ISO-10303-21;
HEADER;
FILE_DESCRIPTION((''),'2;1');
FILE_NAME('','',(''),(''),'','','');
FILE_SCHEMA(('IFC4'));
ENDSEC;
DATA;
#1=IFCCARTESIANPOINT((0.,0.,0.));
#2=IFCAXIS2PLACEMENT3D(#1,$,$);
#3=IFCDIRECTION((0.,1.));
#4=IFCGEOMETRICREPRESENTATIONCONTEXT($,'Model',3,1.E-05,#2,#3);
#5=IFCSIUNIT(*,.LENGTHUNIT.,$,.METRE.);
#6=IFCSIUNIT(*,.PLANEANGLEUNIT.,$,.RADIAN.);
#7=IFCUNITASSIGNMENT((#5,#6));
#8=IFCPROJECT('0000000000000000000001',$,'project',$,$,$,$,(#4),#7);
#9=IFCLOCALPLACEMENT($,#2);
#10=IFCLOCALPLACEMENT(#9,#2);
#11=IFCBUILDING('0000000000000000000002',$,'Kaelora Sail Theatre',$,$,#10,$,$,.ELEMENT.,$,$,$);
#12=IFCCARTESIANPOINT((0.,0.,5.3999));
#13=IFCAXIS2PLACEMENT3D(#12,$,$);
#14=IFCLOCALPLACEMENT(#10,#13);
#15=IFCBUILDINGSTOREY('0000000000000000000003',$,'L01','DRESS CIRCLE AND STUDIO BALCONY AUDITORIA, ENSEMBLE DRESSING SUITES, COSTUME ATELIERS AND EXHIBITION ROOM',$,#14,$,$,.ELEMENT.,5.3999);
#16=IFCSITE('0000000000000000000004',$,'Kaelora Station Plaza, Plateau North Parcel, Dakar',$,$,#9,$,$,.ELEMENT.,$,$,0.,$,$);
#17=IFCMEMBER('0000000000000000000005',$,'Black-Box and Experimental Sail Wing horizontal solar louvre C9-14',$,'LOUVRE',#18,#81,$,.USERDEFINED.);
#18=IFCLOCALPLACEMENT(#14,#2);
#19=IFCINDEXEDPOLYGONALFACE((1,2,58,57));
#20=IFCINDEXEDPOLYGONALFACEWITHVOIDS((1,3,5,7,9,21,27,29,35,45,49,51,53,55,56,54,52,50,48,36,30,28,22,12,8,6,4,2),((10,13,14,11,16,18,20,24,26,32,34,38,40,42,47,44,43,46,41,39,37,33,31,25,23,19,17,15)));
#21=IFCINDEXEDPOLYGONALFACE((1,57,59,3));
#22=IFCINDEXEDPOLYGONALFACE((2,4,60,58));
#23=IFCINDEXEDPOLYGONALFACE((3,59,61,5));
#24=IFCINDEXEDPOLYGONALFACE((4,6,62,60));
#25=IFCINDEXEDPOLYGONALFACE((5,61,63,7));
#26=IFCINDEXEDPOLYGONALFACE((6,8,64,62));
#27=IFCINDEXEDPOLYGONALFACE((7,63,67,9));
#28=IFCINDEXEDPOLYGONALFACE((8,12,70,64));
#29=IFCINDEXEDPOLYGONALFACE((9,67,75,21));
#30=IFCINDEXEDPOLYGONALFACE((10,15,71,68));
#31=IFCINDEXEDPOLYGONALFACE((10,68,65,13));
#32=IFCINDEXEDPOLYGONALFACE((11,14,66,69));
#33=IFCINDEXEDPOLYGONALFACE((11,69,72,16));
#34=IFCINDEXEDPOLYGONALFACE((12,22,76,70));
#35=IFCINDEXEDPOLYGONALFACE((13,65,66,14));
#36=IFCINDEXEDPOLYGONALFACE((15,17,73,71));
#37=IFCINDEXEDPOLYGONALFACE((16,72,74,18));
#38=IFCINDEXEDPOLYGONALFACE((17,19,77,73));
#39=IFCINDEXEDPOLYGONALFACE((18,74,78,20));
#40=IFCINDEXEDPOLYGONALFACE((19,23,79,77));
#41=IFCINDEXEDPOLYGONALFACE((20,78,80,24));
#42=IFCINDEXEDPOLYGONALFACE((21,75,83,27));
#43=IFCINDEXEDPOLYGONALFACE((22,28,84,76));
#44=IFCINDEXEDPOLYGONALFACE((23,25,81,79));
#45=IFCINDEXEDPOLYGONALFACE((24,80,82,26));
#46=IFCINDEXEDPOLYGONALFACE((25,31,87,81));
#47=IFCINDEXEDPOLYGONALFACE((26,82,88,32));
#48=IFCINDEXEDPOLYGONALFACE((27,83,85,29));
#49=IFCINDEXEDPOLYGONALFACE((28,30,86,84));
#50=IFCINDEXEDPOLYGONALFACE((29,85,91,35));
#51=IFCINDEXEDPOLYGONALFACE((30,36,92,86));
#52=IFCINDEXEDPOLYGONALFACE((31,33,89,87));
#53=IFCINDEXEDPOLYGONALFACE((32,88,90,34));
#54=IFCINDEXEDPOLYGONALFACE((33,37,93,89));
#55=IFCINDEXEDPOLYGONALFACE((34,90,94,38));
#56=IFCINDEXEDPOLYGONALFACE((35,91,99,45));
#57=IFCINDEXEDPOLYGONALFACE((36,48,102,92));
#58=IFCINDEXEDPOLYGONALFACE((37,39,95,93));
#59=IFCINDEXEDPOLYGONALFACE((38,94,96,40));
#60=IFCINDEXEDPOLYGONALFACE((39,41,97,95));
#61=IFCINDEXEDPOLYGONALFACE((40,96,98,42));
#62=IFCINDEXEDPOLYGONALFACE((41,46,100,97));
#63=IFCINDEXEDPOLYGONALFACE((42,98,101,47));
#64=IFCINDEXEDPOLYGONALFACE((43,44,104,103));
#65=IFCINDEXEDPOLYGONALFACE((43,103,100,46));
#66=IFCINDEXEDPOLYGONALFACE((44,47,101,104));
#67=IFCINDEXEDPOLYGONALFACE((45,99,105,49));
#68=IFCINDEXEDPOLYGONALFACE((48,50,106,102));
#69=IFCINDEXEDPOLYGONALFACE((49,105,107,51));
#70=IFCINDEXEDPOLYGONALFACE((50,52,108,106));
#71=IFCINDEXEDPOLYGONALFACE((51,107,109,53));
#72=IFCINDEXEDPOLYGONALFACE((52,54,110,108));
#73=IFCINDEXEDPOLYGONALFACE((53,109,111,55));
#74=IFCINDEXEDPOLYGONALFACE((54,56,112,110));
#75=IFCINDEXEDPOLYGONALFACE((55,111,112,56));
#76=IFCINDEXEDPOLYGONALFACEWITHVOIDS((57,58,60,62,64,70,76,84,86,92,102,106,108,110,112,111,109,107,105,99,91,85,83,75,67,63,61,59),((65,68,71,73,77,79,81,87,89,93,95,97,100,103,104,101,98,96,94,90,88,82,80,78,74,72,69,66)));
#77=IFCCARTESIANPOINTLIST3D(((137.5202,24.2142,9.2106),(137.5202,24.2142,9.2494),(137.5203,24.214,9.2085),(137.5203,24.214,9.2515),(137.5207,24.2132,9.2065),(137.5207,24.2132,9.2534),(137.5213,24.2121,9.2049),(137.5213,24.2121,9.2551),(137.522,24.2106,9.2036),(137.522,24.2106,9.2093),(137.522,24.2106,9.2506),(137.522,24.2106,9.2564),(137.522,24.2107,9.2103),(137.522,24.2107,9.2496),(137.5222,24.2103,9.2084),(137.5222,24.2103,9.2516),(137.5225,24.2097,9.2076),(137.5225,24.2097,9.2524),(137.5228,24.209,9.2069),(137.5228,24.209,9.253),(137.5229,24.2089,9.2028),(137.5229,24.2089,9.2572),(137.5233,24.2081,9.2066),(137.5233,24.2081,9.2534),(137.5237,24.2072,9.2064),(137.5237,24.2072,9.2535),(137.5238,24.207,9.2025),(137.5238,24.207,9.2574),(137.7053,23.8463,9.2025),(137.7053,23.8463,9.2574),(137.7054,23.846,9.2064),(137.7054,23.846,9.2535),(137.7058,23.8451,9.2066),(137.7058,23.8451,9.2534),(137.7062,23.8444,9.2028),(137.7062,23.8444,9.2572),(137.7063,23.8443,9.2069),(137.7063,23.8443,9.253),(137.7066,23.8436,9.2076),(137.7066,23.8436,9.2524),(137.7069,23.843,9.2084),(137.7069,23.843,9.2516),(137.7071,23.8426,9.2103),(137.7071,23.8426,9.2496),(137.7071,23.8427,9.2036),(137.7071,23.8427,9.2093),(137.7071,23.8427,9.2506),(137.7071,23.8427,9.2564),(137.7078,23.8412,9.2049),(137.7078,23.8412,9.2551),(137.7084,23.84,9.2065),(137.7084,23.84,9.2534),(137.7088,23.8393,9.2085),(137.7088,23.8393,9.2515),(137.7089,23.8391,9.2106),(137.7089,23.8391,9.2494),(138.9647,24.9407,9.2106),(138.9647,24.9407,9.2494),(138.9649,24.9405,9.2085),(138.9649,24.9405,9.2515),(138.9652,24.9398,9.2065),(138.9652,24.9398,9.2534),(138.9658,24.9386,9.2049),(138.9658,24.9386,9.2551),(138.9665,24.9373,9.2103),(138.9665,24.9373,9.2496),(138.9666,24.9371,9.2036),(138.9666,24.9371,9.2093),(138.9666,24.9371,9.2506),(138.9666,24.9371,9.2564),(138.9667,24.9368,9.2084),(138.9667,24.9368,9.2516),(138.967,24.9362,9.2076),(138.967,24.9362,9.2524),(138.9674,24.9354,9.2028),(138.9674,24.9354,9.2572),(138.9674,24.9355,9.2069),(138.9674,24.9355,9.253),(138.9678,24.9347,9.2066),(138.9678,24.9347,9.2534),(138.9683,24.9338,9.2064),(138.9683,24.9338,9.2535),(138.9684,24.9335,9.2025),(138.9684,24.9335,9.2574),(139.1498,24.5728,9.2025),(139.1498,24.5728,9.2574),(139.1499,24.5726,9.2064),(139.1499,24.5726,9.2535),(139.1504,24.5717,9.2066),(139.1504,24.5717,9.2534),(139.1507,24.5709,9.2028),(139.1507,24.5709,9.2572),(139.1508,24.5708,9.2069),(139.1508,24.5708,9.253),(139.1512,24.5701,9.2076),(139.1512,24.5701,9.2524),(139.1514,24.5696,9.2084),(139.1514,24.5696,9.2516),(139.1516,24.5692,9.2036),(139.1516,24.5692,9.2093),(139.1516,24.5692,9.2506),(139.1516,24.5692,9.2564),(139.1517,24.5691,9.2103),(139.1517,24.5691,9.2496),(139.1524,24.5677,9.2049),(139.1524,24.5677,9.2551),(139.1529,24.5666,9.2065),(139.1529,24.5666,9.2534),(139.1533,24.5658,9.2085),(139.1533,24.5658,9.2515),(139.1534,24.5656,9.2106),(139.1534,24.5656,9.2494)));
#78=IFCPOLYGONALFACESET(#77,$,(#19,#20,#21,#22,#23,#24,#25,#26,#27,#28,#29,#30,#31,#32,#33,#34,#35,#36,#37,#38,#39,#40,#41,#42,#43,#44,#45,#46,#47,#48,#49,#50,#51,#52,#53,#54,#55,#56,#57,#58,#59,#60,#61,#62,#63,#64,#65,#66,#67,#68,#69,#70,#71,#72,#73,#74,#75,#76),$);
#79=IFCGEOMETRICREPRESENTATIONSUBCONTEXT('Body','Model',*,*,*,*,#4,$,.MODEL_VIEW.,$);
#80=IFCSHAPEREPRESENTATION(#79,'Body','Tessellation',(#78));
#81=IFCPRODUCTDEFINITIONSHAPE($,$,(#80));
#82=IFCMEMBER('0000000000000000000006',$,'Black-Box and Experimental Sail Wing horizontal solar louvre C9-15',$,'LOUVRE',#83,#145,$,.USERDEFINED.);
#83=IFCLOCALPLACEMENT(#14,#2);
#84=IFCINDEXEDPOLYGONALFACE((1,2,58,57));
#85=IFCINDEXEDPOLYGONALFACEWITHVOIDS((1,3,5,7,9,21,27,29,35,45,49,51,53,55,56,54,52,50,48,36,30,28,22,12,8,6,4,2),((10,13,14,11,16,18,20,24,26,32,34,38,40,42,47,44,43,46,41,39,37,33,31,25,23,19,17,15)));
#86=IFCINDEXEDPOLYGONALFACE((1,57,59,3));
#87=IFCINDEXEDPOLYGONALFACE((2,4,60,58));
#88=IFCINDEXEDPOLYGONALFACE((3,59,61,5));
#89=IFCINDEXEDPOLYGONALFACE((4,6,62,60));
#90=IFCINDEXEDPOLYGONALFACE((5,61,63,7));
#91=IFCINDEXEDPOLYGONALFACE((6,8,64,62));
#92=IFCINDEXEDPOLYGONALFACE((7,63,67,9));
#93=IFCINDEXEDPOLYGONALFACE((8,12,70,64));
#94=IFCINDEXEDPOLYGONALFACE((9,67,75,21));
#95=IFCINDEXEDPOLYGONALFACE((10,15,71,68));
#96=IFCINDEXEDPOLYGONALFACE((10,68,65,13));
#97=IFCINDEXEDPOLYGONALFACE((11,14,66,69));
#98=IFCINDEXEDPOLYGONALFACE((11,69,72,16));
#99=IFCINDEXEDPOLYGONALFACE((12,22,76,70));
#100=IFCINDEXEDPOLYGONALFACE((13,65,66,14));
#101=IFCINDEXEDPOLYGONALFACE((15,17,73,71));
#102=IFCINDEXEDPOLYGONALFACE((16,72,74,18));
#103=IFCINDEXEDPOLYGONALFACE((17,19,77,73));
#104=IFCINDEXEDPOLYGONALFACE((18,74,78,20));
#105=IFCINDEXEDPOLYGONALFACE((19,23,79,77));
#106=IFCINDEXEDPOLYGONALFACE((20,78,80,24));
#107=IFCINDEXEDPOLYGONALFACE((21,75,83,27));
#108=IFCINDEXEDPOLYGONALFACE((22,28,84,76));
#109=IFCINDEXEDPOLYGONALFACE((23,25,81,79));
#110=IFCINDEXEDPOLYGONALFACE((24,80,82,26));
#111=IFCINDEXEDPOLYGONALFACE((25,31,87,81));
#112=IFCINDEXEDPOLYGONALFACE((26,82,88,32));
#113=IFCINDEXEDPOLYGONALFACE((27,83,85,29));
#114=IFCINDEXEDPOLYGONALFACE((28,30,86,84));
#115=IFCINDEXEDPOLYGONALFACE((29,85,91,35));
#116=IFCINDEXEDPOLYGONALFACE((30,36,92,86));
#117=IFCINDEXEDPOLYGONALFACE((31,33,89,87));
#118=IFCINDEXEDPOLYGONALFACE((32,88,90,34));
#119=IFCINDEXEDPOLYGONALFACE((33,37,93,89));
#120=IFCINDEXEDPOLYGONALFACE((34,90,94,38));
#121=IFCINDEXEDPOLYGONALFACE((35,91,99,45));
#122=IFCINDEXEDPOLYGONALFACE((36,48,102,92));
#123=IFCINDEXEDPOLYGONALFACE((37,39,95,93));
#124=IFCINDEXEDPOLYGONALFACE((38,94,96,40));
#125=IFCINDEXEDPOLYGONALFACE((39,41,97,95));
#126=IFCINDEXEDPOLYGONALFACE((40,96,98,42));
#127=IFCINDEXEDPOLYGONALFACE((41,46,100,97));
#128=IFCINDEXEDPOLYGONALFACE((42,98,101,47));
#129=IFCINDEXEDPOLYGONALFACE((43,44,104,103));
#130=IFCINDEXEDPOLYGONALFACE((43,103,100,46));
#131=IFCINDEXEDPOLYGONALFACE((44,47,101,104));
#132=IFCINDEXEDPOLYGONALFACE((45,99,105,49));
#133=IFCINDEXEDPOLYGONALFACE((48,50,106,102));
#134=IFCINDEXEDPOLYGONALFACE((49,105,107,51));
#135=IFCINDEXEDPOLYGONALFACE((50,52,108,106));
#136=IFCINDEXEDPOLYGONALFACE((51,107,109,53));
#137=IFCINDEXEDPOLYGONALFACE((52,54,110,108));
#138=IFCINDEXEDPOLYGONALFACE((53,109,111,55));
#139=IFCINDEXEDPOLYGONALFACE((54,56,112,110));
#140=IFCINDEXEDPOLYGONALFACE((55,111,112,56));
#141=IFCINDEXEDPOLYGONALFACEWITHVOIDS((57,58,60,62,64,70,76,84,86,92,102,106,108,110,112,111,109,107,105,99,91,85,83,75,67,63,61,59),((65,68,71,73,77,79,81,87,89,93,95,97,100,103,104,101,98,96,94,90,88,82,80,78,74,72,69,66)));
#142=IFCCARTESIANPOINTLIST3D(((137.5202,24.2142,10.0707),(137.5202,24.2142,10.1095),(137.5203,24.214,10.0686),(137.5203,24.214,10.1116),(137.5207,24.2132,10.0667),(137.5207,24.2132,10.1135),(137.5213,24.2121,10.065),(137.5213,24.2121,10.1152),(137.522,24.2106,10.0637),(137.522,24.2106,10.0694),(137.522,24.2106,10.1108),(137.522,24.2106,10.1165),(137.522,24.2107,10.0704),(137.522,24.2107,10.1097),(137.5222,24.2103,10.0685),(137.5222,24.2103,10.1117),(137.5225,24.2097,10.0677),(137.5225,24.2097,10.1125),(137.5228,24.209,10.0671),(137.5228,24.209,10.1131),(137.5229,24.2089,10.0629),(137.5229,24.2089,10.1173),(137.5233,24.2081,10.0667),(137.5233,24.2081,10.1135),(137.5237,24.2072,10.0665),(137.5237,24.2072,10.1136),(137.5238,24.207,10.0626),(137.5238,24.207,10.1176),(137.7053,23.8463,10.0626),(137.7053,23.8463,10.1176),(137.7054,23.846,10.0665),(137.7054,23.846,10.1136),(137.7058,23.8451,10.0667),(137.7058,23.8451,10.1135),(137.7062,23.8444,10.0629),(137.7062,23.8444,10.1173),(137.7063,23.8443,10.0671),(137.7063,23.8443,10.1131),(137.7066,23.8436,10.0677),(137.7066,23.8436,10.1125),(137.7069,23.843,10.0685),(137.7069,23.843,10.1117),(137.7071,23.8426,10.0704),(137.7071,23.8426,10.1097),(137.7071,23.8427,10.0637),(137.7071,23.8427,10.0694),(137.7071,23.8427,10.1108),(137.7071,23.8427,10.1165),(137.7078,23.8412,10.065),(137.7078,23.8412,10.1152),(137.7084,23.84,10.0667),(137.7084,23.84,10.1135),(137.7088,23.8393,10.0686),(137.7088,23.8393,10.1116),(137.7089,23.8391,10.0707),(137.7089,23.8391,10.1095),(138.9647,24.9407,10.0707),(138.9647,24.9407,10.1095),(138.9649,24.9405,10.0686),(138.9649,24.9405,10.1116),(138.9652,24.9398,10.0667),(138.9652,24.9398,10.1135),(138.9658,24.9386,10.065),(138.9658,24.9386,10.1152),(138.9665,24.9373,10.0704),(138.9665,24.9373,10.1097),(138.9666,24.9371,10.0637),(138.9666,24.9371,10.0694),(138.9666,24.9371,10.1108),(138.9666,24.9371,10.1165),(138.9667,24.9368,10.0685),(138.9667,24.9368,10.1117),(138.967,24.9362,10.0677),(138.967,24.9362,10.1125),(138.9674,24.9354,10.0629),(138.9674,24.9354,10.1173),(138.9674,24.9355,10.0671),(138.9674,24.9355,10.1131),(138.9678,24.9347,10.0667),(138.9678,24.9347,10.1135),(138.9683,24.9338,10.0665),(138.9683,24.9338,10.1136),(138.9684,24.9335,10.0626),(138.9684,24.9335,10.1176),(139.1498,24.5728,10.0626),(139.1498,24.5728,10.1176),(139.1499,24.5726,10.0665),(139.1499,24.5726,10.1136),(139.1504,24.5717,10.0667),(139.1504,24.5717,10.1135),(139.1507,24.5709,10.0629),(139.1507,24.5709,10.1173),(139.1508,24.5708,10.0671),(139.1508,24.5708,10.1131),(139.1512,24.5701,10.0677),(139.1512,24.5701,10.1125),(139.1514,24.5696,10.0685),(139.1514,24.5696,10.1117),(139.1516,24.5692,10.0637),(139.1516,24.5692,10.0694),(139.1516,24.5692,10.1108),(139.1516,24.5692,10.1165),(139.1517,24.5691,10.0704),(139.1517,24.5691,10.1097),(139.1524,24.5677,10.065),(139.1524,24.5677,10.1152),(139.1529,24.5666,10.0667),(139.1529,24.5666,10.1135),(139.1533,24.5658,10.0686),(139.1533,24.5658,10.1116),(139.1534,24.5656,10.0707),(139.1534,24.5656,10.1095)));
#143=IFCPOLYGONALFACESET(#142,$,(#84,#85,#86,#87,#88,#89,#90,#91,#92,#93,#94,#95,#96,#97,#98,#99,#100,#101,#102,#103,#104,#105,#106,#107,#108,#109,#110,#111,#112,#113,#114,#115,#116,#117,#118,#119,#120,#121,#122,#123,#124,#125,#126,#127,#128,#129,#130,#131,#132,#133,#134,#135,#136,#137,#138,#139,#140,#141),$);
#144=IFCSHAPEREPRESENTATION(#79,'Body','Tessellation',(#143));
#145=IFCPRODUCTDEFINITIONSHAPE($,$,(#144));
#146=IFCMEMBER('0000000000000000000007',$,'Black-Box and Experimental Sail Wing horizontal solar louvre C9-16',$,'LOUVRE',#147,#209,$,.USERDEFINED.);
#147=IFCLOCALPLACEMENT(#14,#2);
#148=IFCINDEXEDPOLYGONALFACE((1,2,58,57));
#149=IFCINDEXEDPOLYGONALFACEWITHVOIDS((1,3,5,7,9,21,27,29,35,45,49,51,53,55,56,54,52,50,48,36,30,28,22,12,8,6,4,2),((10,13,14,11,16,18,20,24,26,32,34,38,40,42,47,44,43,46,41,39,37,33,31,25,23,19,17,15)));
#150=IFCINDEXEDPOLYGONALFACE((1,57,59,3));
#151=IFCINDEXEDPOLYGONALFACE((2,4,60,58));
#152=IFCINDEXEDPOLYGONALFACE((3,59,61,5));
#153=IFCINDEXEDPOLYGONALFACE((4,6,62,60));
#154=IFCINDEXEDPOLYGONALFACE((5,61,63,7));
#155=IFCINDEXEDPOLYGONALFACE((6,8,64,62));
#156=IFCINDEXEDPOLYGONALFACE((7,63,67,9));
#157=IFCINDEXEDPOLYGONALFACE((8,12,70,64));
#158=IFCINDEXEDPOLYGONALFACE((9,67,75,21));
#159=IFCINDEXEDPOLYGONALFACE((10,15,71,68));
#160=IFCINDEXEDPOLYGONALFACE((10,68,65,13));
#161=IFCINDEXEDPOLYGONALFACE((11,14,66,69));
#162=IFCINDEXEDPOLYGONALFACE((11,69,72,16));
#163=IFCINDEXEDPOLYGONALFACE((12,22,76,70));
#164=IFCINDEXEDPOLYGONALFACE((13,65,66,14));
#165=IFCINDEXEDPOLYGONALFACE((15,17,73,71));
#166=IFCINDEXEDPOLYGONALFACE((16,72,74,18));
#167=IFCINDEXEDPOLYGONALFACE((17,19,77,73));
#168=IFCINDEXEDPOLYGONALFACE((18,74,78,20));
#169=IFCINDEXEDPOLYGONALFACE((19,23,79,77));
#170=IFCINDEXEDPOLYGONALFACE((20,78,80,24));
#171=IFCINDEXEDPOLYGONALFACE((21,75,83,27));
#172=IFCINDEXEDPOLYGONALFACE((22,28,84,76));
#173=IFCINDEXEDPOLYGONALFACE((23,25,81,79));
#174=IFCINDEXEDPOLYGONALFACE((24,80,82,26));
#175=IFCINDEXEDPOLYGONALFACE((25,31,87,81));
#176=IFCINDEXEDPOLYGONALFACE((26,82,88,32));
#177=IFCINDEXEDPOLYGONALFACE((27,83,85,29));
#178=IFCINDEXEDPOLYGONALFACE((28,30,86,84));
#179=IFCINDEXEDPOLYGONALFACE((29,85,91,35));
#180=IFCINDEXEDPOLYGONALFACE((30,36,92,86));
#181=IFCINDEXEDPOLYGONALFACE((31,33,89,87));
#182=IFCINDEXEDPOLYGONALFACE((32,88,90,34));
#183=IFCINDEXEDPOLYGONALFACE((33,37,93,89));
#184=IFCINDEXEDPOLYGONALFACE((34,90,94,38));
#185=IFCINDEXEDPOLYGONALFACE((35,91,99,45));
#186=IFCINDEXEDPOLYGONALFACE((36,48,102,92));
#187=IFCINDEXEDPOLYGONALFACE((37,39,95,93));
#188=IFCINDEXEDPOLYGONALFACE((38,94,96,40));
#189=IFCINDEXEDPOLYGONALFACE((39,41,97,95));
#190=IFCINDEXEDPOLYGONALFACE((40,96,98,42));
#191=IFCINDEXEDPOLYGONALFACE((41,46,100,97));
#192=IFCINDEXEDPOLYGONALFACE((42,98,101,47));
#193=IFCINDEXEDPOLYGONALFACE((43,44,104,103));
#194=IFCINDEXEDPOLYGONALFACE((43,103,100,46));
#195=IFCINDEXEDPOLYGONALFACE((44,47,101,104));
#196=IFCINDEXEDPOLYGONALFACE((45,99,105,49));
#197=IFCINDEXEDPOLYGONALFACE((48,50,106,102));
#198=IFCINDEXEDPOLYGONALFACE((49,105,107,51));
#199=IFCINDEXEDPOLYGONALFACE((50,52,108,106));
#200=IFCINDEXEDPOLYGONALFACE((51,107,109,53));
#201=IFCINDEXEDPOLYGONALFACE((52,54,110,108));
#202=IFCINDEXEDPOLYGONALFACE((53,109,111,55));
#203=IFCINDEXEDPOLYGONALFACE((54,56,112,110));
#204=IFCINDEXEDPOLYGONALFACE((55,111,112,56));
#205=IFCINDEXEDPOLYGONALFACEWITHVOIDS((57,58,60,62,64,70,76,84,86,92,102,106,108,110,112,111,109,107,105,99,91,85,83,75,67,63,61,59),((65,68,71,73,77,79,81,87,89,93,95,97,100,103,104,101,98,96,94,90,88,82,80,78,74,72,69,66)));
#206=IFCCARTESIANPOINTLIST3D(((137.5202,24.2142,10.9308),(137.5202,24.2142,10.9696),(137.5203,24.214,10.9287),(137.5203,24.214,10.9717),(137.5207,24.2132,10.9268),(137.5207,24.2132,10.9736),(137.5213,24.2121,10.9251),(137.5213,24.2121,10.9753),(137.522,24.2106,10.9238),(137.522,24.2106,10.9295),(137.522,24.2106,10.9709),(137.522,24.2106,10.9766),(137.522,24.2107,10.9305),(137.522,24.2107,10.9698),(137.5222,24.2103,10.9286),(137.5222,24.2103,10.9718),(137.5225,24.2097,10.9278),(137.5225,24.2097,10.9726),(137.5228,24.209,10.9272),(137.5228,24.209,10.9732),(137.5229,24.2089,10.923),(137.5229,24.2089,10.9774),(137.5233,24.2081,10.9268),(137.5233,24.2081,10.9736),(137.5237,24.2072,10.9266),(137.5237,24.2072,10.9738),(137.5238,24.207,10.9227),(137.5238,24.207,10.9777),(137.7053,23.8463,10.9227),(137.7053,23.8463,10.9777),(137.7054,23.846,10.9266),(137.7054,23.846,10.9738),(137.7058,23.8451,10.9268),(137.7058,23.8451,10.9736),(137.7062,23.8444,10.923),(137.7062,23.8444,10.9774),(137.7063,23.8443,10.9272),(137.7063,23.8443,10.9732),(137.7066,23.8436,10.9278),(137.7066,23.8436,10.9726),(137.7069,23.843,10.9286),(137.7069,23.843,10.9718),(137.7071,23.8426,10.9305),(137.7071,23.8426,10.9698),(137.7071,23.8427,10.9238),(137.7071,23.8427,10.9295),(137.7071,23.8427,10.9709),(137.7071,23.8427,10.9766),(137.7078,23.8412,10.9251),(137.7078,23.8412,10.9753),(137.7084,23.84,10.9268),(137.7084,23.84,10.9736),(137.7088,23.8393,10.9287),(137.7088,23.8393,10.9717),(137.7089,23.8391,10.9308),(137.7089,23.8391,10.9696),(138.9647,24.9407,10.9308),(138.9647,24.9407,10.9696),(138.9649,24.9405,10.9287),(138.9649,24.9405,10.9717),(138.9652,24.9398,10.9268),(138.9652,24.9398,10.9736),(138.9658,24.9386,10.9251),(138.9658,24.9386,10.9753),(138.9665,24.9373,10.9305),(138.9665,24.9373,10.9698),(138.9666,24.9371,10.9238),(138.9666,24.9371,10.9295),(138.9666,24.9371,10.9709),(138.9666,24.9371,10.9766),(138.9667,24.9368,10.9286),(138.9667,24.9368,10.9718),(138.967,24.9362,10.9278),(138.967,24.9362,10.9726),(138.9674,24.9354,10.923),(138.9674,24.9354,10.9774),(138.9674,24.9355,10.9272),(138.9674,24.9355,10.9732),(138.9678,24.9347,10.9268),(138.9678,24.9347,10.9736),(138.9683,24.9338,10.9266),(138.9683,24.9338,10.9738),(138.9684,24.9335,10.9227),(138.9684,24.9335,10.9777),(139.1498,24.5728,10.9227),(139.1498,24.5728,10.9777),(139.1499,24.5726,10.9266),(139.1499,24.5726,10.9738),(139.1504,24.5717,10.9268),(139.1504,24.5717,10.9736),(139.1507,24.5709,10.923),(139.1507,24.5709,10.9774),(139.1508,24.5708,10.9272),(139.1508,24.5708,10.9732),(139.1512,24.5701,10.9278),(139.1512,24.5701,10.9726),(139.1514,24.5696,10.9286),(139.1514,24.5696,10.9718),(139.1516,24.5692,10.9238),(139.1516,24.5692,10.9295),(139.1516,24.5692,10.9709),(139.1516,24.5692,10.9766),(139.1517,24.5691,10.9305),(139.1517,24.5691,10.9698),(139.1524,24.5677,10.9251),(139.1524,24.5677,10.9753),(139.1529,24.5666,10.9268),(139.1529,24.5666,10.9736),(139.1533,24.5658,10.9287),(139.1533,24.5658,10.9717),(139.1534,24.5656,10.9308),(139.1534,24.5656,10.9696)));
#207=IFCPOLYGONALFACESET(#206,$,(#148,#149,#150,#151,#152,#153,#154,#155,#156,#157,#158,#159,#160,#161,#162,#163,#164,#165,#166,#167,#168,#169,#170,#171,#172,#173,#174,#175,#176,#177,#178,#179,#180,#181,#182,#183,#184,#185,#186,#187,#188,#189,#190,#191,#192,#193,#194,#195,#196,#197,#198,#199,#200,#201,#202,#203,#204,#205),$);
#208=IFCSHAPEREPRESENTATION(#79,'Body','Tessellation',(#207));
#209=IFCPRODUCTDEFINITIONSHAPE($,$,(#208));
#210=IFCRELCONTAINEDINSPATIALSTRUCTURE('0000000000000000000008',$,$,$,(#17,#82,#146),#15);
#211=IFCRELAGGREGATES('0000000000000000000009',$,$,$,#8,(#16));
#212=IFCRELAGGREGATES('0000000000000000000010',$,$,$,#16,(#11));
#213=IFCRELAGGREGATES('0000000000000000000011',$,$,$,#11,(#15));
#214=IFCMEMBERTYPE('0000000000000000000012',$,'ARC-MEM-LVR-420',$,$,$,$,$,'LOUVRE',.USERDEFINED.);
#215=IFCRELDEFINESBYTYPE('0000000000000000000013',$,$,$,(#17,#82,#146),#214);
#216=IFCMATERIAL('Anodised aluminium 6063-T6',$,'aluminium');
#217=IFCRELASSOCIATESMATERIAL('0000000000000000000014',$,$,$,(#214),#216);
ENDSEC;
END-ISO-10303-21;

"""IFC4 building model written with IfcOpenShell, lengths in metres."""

from ifc_helpers import new_model, si_unit, direction, frame, origin, origin_2d, place, context, subcontext, project, spatial, hollow_rectangle, extrude, material, material_profile, profile_set, type_object, element, save


model = new_model("IFC4")

# Units and contexts
model_context = context("Model", 3, precision=1e-05, world=origin(), true_north=direction((0.0, 1.0)))
body_context = subcontext(model_context, "Body", "Model", "MODEL_VIEW")
ifc_project = project(units=[si_unit("LENGTHUNIT", "METRE"), si_unit("PLANEANGLEUNIT", "RADIAN")], contexts=[model_context])

# Site, building, storey
site_placement = place(None, origin())
site = spatial("IfcSite", under=ifc_project, at=site_placement, Name="Kaelora Station Plaza, Plateau North Parcel, Dakar", CompositionType="ELEMENT", RefElevation=0.0)
building_placement = place(site_placement, origin())
building = spatial("IfcBuilding", under=site, at=building_placement, Name="Kaelora Sail Theatre", CompositionType="ELEMENT")
storey_placement = place(building_placement, frame((0.0, 0.0, 5.3999)))
storey = spatial("IfcBuildingStorey", under=building, at=storey_placement, Name="L01", Description="DRESS CIRCLE AND STUDIO BALCONY AUDITORIA, ENSEMBLE DRESSING SUITES, COSTUME ATELIERS AND EXHIBITION ROOM", CompositionType="ELEMENT", Elevation=5.3999)

# Members
ifc_material_1 = material(Name="Anodised aluminium 6063-T6", Category="aluminium")
ifc_material_profile_1 = material_profile(ifc_material_1, hollow_rectangle(XDim=0.4199, YDim=0.0549, WallThickness=0.0039, InnerFilletRadius=0.0039, OuterFilletRadius=0.0081, at=origin_2d()), Name="LOUVRE 420x55x4")
ifc_profile_set_1 = profile_set([ifc_material_profile_1], Name="Anodised aluminium 6063-T6")
member_type = type_object("IfcMemberType", Name="ARC-MEM-LVR-420", ElementType="LOUVRE", PredefinedType="USERDEFINED", material=ifc_profile_set_1)
for number, where, z_axis, x_axis, name in (
    (1, (139.0591, 24.7532, 9.23), (-0.893368, -0.449326, 0.0), (0.449326, -0.893368, 0.0), "Black-Box and Experimental Sail Wing horizontal solar louvre C9-14"),
    (2, (139.0591, 24.7532, 10.0901), (-0.893368, -0.449326, 0.0), (0.449326, -0.893368, 0.0), "Black-Box and Experimental Sail Wing horizontal solar louvre C9-15"),
    (3, (139.0591, 24.7532, 10.9502), (-0.893368, -0.449326, 0.0), (0.449326, -0.893368, 0.0), "Black-Box and Experimental Sail Wing horizontal solar louvre C9-16"),
):
    element("IfcMember", number, at=place(storey_placement, frame(where, z_axis=z_axis, x_axis=x_axis)), inside=storey, type_object=member_type, Name=name, ObjectType="LOUVRE", PredefinedType="USERDEFINED", context=body_context, shape_type="SweptSolid", body=[
        extrude(hollow_rectangle(XDim=0.4199, YDim=0.0549, WallThickness=0.0039, InnerFilletRadius=0.0039, OuterFilletRadius=0.0081, at=origin_2d()), origin(), (0.0, 0.0, 1.0), 1.6169),
    ])

save(model, "model.ifc")
